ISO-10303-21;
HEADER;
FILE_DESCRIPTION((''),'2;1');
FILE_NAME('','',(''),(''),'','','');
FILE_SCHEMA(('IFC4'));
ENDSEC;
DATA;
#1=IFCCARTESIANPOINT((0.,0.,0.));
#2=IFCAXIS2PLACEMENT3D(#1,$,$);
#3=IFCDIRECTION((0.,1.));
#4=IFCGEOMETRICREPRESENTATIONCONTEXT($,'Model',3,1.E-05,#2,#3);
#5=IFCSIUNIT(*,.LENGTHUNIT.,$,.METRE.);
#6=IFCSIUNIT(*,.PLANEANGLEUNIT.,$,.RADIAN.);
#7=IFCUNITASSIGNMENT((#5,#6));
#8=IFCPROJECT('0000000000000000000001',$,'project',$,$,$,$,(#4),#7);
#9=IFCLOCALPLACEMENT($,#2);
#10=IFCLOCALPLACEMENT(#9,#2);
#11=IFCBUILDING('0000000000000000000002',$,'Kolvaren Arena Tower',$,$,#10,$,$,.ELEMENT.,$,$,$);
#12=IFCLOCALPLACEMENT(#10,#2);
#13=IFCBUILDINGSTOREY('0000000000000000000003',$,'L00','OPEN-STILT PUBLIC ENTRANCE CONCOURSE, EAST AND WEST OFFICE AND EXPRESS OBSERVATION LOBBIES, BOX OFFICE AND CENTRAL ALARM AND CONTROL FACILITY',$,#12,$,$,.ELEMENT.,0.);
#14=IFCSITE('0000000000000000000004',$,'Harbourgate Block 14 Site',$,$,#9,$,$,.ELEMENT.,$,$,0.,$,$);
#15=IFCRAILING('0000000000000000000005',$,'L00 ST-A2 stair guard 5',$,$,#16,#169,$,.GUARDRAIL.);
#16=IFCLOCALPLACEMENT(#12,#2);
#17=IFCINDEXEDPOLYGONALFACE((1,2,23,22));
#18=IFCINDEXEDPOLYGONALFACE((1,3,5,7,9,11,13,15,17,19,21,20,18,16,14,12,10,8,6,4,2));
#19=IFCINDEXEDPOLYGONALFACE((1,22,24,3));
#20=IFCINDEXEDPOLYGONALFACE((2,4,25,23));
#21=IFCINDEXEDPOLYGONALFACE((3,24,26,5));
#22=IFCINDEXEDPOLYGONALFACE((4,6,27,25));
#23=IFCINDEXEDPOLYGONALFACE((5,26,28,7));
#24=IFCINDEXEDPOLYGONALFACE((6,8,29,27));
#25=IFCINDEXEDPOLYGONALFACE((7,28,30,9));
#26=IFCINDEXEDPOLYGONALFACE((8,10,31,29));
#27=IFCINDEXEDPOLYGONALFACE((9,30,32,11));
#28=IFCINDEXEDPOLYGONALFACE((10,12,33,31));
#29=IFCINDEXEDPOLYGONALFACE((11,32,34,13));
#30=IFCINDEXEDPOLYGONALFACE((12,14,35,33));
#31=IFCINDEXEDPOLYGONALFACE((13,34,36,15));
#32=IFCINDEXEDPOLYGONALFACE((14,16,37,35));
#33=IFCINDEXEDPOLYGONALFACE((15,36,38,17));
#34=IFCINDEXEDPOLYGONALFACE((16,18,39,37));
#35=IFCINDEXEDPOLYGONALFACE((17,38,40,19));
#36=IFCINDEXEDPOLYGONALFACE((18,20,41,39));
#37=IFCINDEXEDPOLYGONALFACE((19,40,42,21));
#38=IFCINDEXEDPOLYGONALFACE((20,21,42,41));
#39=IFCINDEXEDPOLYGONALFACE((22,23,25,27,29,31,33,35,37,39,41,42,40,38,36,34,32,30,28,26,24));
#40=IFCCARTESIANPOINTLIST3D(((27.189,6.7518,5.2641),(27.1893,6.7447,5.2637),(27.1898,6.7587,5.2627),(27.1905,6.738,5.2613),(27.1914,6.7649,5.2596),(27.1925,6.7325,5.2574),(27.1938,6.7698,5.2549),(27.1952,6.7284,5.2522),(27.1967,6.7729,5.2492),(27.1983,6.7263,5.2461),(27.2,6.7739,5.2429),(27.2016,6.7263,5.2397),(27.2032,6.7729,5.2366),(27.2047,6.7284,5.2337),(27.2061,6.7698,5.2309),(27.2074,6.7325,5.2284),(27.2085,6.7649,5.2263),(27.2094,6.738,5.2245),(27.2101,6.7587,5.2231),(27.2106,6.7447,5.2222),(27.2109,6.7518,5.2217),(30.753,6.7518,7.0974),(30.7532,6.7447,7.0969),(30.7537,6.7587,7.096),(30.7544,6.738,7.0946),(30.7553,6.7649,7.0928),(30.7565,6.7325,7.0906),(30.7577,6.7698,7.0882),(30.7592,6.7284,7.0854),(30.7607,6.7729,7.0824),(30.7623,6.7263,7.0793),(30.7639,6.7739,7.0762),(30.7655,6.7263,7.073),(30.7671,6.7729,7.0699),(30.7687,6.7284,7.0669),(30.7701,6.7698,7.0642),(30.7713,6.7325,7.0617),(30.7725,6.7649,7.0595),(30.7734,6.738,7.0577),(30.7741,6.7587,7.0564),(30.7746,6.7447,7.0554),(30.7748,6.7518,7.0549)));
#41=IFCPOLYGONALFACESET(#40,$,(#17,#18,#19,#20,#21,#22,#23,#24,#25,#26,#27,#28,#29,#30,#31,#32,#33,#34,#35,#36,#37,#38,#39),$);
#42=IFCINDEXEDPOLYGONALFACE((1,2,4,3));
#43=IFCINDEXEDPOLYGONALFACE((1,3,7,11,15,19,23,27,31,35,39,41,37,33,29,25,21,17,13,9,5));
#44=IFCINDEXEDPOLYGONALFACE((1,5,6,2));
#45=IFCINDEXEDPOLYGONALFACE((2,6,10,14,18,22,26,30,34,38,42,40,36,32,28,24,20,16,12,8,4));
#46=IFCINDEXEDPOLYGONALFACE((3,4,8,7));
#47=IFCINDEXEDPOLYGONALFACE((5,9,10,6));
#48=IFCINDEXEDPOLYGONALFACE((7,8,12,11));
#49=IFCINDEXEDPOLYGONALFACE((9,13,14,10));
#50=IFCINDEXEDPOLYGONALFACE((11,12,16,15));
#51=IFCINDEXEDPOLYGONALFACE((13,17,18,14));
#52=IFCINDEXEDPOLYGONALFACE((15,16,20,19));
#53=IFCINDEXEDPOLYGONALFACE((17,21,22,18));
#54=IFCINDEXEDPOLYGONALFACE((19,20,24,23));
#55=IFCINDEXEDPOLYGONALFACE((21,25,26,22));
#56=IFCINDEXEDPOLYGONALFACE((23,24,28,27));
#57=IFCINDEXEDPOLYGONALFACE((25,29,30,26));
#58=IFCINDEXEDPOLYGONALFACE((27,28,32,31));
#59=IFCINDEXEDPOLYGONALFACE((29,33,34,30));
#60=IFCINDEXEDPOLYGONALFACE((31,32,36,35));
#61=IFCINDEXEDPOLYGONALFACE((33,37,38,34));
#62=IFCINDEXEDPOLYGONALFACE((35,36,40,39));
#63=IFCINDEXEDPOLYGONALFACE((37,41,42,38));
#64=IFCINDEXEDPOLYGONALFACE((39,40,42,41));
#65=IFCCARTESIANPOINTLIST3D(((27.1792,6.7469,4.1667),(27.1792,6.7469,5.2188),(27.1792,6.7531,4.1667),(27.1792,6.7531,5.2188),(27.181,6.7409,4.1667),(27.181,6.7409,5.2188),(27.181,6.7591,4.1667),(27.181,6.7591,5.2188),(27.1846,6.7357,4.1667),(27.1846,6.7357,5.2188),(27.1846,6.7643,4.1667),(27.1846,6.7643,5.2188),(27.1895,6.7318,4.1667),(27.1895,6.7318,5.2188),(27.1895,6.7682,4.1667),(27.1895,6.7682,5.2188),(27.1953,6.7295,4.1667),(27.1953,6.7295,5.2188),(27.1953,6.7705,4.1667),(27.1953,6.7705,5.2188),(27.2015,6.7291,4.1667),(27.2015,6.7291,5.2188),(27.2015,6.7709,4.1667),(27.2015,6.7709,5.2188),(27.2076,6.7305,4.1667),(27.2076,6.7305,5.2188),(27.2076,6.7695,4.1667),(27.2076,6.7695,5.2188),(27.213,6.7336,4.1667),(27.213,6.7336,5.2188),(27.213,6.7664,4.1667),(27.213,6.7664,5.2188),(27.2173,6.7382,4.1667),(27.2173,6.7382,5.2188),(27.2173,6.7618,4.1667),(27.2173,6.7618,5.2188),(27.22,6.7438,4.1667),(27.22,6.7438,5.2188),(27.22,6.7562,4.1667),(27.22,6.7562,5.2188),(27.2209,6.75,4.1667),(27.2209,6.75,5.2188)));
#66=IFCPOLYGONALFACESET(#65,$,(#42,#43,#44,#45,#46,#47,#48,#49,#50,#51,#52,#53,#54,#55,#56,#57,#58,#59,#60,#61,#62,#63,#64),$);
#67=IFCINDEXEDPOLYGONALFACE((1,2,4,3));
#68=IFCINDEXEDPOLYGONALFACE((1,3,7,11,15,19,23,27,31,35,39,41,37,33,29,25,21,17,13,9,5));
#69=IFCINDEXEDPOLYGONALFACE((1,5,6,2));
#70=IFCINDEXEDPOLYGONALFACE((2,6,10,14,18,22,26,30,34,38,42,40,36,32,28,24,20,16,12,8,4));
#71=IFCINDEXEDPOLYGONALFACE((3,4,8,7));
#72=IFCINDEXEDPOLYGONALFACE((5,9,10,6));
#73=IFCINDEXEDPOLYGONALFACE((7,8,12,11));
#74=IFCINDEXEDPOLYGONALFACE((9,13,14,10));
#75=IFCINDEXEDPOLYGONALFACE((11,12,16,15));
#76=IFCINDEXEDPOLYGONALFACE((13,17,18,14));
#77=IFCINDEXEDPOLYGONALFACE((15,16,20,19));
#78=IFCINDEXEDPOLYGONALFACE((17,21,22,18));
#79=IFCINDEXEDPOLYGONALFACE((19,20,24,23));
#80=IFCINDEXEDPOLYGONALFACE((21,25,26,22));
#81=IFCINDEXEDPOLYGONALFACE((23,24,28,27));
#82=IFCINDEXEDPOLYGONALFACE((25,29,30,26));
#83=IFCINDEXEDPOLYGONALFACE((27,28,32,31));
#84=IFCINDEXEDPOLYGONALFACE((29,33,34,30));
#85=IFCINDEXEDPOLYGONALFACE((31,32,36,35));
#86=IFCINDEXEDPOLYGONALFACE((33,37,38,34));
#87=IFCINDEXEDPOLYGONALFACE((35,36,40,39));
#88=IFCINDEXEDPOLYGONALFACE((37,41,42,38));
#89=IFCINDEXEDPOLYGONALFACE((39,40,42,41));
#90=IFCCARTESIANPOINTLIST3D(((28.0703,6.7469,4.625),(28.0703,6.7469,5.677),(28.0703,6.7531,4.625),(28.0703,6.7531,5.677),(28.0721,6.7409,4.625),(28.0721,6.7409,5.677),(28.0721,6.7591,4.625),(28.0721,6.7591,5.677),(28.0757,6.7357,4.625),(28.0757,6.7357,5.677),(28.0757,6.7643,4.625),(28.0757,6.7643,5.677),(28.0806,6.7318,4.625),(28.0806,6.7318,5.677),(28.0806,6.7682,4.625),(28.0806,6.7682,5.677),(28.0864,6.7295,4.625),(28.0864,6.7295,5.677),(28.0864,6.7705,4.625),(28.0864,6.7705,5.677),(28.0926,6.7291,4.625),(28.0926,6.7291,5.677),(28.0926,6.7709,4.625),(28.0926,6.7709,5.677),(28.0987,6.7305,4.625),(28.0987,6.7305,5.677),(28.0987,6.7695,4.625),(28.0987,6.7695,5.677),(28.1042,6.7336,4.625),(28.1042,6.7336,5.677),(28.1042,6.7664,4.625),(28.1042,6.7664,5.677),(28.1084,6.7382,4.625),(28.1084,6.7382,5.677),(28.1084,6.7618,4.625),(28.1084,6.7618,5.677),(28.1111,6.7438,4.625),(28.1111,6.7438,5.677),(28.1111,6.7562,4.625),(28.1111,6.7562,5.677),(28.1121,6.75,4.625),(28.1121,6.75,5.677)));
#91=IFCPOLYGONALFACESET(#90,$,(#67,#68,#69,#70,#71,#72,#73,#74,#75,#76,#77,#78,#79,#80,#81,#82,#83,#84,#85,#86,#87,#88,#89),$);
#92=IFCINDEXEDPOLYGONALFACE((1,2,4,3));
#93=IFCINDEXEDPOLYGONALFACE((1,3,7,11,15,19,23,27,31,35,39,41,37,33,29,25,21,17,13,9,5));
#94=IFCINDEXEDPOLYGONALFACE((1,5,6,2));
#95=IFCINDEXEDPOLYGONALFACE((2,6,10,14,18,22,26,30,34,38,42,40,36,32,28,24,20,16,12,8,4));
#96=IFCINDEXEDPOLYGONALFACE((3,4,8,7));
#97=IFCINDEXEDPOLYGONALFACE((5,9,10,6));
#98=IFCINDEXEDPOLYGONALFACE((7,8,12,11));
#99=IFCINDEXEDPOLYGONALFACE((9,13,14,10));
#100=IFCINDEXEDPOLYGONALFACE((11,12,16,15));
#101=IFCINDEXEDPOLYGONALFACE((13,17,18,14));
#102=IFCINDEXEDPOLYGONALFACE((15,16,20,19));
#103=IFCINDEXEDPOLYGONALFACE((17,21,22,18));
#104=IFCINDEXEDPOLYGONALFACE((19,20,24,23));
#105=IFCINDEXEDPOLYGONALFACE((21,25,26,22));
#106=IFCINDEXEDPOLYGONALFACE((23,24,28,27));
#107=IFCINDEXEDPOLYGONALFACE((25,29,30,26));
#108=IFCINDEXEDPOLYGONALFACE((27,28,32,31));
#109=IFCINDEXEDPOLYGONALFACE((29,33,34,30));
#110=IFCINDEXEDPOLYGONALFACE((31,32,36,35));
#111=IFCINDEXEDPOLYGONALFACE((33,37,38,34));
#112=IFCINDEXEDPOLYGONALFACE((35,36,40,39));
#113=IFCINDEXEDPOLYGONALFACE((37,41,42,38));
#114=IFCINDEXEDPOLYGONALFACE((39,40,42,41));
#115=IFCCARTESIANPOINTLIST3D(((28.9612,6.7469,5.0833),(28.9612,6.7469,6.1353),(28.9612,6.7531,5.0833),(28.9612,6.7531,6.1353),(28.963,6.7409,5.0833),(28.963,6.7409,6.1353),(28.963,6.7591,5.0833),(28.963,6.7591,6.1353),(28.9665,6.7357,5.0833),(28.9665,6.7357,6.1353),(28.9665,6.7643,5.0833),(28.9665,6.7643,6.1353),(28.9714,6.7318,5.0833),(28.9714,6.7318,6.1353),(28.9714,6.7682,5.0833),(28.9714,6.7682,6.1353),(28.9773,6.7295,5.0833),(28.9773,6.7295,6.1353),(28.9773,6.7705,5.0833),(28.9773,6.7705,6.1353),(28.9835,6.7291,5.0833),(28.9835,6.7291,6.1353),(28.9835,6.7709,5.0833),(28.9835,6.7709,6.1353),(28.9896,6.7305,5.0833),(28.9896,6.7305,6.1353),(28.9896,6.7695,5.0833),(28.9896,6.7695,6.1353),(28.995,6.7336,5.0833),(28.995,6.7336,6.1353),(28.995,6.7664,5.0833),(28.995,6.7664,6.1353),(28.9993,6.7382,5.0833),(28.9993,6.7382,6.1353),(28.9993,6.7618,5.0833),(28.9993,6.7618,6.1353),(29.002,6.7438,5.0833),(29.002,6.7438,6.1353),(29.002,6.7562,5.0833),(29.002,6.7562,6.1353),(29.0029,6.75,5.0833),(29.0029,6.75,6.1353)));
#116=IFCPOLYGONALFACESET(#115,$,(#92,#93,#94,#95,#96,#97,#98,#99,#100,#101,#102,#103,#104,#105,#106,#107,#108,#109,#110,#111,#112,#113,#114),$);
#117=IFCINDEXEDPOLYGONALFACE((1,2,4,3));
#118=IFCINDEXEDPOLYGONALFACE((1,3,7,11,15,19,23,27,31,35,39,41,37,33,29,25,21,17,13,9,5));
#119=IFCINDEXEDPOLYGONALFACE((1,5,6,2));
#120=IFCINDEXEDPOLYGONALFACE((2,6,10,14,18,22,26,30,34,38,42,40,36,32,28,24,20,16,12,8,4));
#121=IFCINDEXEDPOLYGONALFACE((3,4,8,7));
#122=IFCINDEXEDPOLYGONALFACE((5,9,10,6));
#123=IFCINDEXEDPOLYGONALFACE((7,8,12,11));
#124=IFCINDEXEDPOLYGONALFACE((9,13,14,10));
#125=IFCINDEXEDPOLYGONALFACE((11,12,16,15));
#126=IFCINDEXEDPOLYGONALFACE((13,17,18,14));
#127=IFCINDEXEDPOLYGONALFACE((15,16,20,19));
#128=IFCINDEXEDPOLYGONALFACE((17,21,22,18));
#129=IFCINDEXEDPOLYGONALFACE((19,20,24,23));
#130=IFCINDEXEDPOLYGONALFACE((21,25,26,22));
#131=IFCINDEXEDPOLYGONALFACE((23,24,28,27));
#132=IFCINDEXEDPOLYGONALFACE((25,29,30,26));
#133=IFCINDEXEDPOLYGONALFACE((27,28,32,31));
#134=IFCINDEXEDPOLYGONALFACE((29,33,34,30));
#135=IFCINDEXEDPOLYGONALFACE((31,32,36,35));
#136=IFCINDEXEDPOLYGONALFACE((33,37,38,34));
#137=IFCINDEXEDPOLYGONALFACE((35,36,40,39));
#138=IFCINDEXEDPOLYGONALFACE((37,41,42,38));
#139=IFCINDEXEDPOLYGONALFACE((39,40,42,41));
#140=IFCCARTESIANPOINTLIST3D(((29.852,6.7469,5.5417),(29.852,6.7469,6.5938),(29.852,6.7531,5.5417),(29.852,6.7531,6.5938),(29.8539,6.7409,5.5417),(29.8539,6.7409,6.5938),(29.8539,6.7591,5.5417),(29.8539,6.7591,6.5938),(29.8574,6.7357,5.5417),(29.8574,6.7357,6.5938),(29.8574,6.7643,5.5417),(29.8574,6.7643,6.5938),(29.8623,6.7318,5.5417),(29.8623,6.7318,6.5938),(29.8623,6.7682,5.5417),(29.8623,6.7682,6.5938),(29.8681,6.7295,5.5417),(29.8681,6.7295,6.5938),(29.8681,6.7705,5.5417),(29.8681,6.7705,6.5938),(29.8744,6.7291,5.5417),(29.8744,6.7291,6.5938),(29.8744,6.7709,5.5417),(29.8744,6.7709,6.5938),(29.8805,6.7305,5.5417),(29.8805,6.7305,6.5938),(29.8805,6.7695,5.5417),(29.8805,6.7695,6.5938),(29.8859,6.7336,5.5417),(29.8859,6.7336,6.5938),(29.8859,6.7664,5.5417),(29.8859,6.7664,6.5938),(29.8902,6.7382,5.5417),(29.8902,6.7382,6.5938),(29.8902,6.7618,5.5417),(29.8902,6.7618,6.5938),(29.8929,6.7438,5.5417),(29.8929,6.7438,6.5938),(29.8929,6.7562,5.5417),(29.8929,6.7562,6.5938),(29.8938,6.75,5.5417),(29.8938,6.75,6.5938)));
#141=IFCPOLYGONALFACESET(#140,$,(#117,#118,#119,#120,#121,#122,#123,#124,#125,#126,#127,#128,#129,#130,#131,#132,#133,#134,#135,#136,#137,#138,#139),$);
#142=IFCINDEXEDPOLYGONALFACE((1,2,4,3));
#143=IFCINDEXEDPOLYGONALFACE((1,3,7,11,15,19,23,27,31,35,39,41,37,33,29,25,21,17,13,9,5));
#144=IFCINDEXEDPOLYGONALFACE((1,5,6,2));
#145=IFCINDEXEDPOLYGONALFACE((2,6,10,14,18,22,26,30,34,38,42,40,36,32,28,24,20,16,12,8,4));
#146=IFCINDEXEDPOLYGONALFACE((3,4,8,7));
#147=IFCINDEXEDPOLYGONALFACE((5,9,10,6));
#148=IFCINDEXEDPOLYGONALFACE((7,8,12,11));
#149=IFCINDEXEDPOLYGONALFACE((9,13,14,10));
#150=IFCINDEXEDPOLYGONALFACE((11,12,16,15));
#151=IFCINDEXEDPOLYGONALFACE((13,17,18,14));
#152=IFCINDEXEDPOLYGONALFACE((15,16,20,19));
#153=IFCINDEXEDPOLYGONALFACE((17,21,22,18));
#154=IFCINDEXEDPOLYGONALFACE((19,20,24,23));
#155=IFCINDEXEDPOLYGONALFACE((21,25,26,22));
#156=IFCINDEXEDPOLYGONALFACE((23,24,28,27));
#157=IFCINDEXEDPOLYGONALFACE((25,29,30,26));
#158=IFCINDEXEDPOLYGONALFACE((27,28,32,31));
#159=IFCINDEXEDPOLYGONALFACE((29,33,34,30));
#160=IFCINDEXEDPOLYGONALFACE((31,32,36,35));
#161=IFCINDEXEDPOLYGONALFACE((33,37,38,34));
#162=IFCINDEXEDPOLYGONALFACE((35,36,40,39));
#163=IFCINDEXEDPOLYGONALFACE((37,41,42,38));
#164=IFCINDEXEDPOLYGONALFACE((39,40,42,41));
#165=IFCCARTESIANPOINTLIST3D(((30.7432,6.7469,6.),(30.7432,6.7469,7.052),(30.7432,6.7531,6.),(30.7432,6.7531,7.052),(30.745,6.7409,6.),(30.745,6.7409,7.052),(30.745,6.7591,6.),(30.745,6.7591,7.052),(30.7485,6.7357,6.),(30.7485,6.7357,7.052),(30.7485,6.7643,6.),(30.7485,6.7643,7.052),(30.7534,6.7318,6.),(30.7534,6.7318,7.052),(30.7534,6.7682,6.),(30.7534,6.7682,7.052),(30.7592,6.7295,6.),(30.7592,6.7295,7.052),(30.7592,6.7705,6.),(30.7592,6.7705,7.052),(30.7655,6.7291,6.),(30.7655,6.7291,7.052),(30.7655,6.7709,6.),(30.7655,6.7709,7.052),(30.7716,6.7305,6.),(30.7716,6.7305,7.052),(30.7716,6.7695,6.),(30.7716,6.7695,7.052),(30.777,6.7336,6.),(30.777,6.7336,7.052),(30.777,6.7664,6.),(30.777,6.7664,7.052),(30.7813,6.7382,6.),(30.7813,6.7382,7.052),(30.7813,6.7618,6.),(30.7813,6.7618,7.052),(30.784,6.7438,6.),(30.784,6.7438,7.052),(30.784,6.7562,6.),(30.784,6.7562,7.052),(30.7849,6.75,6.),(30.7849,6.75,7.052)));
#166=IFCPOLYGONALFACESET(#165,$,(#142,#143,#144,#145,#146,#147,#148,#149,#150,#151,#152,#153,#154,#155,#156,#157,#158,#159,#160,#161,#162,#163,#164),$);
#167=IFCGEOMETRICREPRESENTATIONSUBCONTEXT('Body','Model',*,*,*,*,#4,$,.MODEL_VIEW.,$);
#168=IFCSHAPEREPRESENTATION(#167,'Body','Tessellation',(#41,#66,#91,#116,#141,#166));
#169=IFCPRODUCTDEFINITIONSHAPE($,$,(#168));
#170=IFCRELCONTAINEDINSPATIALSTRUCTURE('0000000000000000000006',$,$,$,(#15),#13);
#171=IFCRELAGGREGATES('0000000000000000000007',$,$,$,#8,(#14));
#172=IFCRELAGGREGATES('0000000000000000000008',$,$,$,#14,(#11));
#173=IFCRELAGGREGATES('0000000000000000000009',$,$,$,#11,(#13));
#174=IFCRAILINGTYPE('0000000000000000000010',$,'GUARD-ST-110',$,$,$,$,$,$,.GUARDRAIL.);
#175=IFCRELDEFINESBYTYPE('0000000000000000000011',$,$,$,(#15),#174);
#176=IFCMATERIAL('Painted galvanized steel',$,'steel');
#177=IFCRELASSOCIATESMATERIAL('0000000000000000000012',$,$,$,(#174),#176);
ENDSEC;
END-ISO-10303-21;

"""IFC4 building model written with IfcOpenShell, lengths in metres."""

from ifc_helpers import new_model, si_unit, direction, frame, origin, origin_2d, place, context, subcontext, project, spatial, circle, extrude, material, type_object, element, save


model = new_model("IFC4")

# Units and contexts
model_context = context("Model", 3, precision=1e-05, world=origin(), true_north=direction((0.0, 1.0)))
body_context = subcontext(model_context, "Body", "Model", "MODEL_VIEW")
ifc_project = project(units=[si_unit("LENGTHUNIT", "METRE"), si_unit("PLANEANGLEUNIT", "RADIAN")], contexts=[model_context])

# Site, building, storey
site_placement = place(None, origin())
site = spatial("IfcSite", under=ifc_project, at=site_placement, Name="Harbourgate Block 14 Site", CompositionType="ELEMENT", RefElevation=0.0)
building_placement = place(site_placement, origin())
building = spatial("IfcBuilding", under=site, at=building_placement, Name="Kolvaren Arena Tower", CompositionType="ELEMENT")
storey_placement = place(building_placement, origin())
storey = spatial("IfcBuildingStorey", under=building, at=storey_placement, Name="L00", Description="OPEN-STILT PUBLIC ENTRANCE CONCOURSE, EAST AND WEST OFFICE AND EXPRESS OBSERVATION LOBBIES, BOX OFFICE AND CENTRAL ALARM AND CONTROL FACILITY", CompositionType="ELEMENT", Elevation=0.0)

# Railing
ifc_material_1 = material(Name="Painted galvanized steel", Category="steel")
railing_type_1 = type_object("IfcRailingType", Name="GUARD-ST-110", PredefinedType="GUARDRAIL", material=ifc_material_1)
railing_1_placement = place(storey_placement, frame((27.2, 6.75, 4.1667)))
element("IfcRailing", 1, at=railing_1_placement, inside=storey, type_object=railing_type_1, Name="L00 ST-A2 stair guard 5", PredefinedType="GUARDRAIL", context=body_context, shape_type="SweptSolid", body=[
    extrude(circle(Radius=0.0239, at=origin_2d()), frame((0.0, 0.0, 1.0762), z_axis=(0.889252, 0.0, 0.457418), x_axis=(0.0, 1.0, 0.0)), (0.0, 0.0, 1.0), 4.0078),
    extrude(circle(Radius=0.021, at=origin_2d()), origin(), (0.0, 0.0, 1.0), 1.052),
    extrude(circle(Radius=0.021, at=origin_2d()), frame((0.8911, 0.0, 0.4583)), (0.0, 0.0, 1.0), 1.052),
    extrude(circle(Radius=0.021, at=origin_2d()), frame((1.782, 0.0, 0.9165)), (0.0, 0.0, 1.0), 1.052),
    extrude(circle(Radius=0.021, at=origin_2d()), frame((2.6729, 0.0, 1.375)), (0.0, 0.0, 1.0), 1.052),
    extrude(circle(Radius=0.021, at=origin_2d()), frame((3.564, 0.0, 1.8333)), (0.0, 0.0, 1.0), 1.052),
])

save(model, "model.ifc")
